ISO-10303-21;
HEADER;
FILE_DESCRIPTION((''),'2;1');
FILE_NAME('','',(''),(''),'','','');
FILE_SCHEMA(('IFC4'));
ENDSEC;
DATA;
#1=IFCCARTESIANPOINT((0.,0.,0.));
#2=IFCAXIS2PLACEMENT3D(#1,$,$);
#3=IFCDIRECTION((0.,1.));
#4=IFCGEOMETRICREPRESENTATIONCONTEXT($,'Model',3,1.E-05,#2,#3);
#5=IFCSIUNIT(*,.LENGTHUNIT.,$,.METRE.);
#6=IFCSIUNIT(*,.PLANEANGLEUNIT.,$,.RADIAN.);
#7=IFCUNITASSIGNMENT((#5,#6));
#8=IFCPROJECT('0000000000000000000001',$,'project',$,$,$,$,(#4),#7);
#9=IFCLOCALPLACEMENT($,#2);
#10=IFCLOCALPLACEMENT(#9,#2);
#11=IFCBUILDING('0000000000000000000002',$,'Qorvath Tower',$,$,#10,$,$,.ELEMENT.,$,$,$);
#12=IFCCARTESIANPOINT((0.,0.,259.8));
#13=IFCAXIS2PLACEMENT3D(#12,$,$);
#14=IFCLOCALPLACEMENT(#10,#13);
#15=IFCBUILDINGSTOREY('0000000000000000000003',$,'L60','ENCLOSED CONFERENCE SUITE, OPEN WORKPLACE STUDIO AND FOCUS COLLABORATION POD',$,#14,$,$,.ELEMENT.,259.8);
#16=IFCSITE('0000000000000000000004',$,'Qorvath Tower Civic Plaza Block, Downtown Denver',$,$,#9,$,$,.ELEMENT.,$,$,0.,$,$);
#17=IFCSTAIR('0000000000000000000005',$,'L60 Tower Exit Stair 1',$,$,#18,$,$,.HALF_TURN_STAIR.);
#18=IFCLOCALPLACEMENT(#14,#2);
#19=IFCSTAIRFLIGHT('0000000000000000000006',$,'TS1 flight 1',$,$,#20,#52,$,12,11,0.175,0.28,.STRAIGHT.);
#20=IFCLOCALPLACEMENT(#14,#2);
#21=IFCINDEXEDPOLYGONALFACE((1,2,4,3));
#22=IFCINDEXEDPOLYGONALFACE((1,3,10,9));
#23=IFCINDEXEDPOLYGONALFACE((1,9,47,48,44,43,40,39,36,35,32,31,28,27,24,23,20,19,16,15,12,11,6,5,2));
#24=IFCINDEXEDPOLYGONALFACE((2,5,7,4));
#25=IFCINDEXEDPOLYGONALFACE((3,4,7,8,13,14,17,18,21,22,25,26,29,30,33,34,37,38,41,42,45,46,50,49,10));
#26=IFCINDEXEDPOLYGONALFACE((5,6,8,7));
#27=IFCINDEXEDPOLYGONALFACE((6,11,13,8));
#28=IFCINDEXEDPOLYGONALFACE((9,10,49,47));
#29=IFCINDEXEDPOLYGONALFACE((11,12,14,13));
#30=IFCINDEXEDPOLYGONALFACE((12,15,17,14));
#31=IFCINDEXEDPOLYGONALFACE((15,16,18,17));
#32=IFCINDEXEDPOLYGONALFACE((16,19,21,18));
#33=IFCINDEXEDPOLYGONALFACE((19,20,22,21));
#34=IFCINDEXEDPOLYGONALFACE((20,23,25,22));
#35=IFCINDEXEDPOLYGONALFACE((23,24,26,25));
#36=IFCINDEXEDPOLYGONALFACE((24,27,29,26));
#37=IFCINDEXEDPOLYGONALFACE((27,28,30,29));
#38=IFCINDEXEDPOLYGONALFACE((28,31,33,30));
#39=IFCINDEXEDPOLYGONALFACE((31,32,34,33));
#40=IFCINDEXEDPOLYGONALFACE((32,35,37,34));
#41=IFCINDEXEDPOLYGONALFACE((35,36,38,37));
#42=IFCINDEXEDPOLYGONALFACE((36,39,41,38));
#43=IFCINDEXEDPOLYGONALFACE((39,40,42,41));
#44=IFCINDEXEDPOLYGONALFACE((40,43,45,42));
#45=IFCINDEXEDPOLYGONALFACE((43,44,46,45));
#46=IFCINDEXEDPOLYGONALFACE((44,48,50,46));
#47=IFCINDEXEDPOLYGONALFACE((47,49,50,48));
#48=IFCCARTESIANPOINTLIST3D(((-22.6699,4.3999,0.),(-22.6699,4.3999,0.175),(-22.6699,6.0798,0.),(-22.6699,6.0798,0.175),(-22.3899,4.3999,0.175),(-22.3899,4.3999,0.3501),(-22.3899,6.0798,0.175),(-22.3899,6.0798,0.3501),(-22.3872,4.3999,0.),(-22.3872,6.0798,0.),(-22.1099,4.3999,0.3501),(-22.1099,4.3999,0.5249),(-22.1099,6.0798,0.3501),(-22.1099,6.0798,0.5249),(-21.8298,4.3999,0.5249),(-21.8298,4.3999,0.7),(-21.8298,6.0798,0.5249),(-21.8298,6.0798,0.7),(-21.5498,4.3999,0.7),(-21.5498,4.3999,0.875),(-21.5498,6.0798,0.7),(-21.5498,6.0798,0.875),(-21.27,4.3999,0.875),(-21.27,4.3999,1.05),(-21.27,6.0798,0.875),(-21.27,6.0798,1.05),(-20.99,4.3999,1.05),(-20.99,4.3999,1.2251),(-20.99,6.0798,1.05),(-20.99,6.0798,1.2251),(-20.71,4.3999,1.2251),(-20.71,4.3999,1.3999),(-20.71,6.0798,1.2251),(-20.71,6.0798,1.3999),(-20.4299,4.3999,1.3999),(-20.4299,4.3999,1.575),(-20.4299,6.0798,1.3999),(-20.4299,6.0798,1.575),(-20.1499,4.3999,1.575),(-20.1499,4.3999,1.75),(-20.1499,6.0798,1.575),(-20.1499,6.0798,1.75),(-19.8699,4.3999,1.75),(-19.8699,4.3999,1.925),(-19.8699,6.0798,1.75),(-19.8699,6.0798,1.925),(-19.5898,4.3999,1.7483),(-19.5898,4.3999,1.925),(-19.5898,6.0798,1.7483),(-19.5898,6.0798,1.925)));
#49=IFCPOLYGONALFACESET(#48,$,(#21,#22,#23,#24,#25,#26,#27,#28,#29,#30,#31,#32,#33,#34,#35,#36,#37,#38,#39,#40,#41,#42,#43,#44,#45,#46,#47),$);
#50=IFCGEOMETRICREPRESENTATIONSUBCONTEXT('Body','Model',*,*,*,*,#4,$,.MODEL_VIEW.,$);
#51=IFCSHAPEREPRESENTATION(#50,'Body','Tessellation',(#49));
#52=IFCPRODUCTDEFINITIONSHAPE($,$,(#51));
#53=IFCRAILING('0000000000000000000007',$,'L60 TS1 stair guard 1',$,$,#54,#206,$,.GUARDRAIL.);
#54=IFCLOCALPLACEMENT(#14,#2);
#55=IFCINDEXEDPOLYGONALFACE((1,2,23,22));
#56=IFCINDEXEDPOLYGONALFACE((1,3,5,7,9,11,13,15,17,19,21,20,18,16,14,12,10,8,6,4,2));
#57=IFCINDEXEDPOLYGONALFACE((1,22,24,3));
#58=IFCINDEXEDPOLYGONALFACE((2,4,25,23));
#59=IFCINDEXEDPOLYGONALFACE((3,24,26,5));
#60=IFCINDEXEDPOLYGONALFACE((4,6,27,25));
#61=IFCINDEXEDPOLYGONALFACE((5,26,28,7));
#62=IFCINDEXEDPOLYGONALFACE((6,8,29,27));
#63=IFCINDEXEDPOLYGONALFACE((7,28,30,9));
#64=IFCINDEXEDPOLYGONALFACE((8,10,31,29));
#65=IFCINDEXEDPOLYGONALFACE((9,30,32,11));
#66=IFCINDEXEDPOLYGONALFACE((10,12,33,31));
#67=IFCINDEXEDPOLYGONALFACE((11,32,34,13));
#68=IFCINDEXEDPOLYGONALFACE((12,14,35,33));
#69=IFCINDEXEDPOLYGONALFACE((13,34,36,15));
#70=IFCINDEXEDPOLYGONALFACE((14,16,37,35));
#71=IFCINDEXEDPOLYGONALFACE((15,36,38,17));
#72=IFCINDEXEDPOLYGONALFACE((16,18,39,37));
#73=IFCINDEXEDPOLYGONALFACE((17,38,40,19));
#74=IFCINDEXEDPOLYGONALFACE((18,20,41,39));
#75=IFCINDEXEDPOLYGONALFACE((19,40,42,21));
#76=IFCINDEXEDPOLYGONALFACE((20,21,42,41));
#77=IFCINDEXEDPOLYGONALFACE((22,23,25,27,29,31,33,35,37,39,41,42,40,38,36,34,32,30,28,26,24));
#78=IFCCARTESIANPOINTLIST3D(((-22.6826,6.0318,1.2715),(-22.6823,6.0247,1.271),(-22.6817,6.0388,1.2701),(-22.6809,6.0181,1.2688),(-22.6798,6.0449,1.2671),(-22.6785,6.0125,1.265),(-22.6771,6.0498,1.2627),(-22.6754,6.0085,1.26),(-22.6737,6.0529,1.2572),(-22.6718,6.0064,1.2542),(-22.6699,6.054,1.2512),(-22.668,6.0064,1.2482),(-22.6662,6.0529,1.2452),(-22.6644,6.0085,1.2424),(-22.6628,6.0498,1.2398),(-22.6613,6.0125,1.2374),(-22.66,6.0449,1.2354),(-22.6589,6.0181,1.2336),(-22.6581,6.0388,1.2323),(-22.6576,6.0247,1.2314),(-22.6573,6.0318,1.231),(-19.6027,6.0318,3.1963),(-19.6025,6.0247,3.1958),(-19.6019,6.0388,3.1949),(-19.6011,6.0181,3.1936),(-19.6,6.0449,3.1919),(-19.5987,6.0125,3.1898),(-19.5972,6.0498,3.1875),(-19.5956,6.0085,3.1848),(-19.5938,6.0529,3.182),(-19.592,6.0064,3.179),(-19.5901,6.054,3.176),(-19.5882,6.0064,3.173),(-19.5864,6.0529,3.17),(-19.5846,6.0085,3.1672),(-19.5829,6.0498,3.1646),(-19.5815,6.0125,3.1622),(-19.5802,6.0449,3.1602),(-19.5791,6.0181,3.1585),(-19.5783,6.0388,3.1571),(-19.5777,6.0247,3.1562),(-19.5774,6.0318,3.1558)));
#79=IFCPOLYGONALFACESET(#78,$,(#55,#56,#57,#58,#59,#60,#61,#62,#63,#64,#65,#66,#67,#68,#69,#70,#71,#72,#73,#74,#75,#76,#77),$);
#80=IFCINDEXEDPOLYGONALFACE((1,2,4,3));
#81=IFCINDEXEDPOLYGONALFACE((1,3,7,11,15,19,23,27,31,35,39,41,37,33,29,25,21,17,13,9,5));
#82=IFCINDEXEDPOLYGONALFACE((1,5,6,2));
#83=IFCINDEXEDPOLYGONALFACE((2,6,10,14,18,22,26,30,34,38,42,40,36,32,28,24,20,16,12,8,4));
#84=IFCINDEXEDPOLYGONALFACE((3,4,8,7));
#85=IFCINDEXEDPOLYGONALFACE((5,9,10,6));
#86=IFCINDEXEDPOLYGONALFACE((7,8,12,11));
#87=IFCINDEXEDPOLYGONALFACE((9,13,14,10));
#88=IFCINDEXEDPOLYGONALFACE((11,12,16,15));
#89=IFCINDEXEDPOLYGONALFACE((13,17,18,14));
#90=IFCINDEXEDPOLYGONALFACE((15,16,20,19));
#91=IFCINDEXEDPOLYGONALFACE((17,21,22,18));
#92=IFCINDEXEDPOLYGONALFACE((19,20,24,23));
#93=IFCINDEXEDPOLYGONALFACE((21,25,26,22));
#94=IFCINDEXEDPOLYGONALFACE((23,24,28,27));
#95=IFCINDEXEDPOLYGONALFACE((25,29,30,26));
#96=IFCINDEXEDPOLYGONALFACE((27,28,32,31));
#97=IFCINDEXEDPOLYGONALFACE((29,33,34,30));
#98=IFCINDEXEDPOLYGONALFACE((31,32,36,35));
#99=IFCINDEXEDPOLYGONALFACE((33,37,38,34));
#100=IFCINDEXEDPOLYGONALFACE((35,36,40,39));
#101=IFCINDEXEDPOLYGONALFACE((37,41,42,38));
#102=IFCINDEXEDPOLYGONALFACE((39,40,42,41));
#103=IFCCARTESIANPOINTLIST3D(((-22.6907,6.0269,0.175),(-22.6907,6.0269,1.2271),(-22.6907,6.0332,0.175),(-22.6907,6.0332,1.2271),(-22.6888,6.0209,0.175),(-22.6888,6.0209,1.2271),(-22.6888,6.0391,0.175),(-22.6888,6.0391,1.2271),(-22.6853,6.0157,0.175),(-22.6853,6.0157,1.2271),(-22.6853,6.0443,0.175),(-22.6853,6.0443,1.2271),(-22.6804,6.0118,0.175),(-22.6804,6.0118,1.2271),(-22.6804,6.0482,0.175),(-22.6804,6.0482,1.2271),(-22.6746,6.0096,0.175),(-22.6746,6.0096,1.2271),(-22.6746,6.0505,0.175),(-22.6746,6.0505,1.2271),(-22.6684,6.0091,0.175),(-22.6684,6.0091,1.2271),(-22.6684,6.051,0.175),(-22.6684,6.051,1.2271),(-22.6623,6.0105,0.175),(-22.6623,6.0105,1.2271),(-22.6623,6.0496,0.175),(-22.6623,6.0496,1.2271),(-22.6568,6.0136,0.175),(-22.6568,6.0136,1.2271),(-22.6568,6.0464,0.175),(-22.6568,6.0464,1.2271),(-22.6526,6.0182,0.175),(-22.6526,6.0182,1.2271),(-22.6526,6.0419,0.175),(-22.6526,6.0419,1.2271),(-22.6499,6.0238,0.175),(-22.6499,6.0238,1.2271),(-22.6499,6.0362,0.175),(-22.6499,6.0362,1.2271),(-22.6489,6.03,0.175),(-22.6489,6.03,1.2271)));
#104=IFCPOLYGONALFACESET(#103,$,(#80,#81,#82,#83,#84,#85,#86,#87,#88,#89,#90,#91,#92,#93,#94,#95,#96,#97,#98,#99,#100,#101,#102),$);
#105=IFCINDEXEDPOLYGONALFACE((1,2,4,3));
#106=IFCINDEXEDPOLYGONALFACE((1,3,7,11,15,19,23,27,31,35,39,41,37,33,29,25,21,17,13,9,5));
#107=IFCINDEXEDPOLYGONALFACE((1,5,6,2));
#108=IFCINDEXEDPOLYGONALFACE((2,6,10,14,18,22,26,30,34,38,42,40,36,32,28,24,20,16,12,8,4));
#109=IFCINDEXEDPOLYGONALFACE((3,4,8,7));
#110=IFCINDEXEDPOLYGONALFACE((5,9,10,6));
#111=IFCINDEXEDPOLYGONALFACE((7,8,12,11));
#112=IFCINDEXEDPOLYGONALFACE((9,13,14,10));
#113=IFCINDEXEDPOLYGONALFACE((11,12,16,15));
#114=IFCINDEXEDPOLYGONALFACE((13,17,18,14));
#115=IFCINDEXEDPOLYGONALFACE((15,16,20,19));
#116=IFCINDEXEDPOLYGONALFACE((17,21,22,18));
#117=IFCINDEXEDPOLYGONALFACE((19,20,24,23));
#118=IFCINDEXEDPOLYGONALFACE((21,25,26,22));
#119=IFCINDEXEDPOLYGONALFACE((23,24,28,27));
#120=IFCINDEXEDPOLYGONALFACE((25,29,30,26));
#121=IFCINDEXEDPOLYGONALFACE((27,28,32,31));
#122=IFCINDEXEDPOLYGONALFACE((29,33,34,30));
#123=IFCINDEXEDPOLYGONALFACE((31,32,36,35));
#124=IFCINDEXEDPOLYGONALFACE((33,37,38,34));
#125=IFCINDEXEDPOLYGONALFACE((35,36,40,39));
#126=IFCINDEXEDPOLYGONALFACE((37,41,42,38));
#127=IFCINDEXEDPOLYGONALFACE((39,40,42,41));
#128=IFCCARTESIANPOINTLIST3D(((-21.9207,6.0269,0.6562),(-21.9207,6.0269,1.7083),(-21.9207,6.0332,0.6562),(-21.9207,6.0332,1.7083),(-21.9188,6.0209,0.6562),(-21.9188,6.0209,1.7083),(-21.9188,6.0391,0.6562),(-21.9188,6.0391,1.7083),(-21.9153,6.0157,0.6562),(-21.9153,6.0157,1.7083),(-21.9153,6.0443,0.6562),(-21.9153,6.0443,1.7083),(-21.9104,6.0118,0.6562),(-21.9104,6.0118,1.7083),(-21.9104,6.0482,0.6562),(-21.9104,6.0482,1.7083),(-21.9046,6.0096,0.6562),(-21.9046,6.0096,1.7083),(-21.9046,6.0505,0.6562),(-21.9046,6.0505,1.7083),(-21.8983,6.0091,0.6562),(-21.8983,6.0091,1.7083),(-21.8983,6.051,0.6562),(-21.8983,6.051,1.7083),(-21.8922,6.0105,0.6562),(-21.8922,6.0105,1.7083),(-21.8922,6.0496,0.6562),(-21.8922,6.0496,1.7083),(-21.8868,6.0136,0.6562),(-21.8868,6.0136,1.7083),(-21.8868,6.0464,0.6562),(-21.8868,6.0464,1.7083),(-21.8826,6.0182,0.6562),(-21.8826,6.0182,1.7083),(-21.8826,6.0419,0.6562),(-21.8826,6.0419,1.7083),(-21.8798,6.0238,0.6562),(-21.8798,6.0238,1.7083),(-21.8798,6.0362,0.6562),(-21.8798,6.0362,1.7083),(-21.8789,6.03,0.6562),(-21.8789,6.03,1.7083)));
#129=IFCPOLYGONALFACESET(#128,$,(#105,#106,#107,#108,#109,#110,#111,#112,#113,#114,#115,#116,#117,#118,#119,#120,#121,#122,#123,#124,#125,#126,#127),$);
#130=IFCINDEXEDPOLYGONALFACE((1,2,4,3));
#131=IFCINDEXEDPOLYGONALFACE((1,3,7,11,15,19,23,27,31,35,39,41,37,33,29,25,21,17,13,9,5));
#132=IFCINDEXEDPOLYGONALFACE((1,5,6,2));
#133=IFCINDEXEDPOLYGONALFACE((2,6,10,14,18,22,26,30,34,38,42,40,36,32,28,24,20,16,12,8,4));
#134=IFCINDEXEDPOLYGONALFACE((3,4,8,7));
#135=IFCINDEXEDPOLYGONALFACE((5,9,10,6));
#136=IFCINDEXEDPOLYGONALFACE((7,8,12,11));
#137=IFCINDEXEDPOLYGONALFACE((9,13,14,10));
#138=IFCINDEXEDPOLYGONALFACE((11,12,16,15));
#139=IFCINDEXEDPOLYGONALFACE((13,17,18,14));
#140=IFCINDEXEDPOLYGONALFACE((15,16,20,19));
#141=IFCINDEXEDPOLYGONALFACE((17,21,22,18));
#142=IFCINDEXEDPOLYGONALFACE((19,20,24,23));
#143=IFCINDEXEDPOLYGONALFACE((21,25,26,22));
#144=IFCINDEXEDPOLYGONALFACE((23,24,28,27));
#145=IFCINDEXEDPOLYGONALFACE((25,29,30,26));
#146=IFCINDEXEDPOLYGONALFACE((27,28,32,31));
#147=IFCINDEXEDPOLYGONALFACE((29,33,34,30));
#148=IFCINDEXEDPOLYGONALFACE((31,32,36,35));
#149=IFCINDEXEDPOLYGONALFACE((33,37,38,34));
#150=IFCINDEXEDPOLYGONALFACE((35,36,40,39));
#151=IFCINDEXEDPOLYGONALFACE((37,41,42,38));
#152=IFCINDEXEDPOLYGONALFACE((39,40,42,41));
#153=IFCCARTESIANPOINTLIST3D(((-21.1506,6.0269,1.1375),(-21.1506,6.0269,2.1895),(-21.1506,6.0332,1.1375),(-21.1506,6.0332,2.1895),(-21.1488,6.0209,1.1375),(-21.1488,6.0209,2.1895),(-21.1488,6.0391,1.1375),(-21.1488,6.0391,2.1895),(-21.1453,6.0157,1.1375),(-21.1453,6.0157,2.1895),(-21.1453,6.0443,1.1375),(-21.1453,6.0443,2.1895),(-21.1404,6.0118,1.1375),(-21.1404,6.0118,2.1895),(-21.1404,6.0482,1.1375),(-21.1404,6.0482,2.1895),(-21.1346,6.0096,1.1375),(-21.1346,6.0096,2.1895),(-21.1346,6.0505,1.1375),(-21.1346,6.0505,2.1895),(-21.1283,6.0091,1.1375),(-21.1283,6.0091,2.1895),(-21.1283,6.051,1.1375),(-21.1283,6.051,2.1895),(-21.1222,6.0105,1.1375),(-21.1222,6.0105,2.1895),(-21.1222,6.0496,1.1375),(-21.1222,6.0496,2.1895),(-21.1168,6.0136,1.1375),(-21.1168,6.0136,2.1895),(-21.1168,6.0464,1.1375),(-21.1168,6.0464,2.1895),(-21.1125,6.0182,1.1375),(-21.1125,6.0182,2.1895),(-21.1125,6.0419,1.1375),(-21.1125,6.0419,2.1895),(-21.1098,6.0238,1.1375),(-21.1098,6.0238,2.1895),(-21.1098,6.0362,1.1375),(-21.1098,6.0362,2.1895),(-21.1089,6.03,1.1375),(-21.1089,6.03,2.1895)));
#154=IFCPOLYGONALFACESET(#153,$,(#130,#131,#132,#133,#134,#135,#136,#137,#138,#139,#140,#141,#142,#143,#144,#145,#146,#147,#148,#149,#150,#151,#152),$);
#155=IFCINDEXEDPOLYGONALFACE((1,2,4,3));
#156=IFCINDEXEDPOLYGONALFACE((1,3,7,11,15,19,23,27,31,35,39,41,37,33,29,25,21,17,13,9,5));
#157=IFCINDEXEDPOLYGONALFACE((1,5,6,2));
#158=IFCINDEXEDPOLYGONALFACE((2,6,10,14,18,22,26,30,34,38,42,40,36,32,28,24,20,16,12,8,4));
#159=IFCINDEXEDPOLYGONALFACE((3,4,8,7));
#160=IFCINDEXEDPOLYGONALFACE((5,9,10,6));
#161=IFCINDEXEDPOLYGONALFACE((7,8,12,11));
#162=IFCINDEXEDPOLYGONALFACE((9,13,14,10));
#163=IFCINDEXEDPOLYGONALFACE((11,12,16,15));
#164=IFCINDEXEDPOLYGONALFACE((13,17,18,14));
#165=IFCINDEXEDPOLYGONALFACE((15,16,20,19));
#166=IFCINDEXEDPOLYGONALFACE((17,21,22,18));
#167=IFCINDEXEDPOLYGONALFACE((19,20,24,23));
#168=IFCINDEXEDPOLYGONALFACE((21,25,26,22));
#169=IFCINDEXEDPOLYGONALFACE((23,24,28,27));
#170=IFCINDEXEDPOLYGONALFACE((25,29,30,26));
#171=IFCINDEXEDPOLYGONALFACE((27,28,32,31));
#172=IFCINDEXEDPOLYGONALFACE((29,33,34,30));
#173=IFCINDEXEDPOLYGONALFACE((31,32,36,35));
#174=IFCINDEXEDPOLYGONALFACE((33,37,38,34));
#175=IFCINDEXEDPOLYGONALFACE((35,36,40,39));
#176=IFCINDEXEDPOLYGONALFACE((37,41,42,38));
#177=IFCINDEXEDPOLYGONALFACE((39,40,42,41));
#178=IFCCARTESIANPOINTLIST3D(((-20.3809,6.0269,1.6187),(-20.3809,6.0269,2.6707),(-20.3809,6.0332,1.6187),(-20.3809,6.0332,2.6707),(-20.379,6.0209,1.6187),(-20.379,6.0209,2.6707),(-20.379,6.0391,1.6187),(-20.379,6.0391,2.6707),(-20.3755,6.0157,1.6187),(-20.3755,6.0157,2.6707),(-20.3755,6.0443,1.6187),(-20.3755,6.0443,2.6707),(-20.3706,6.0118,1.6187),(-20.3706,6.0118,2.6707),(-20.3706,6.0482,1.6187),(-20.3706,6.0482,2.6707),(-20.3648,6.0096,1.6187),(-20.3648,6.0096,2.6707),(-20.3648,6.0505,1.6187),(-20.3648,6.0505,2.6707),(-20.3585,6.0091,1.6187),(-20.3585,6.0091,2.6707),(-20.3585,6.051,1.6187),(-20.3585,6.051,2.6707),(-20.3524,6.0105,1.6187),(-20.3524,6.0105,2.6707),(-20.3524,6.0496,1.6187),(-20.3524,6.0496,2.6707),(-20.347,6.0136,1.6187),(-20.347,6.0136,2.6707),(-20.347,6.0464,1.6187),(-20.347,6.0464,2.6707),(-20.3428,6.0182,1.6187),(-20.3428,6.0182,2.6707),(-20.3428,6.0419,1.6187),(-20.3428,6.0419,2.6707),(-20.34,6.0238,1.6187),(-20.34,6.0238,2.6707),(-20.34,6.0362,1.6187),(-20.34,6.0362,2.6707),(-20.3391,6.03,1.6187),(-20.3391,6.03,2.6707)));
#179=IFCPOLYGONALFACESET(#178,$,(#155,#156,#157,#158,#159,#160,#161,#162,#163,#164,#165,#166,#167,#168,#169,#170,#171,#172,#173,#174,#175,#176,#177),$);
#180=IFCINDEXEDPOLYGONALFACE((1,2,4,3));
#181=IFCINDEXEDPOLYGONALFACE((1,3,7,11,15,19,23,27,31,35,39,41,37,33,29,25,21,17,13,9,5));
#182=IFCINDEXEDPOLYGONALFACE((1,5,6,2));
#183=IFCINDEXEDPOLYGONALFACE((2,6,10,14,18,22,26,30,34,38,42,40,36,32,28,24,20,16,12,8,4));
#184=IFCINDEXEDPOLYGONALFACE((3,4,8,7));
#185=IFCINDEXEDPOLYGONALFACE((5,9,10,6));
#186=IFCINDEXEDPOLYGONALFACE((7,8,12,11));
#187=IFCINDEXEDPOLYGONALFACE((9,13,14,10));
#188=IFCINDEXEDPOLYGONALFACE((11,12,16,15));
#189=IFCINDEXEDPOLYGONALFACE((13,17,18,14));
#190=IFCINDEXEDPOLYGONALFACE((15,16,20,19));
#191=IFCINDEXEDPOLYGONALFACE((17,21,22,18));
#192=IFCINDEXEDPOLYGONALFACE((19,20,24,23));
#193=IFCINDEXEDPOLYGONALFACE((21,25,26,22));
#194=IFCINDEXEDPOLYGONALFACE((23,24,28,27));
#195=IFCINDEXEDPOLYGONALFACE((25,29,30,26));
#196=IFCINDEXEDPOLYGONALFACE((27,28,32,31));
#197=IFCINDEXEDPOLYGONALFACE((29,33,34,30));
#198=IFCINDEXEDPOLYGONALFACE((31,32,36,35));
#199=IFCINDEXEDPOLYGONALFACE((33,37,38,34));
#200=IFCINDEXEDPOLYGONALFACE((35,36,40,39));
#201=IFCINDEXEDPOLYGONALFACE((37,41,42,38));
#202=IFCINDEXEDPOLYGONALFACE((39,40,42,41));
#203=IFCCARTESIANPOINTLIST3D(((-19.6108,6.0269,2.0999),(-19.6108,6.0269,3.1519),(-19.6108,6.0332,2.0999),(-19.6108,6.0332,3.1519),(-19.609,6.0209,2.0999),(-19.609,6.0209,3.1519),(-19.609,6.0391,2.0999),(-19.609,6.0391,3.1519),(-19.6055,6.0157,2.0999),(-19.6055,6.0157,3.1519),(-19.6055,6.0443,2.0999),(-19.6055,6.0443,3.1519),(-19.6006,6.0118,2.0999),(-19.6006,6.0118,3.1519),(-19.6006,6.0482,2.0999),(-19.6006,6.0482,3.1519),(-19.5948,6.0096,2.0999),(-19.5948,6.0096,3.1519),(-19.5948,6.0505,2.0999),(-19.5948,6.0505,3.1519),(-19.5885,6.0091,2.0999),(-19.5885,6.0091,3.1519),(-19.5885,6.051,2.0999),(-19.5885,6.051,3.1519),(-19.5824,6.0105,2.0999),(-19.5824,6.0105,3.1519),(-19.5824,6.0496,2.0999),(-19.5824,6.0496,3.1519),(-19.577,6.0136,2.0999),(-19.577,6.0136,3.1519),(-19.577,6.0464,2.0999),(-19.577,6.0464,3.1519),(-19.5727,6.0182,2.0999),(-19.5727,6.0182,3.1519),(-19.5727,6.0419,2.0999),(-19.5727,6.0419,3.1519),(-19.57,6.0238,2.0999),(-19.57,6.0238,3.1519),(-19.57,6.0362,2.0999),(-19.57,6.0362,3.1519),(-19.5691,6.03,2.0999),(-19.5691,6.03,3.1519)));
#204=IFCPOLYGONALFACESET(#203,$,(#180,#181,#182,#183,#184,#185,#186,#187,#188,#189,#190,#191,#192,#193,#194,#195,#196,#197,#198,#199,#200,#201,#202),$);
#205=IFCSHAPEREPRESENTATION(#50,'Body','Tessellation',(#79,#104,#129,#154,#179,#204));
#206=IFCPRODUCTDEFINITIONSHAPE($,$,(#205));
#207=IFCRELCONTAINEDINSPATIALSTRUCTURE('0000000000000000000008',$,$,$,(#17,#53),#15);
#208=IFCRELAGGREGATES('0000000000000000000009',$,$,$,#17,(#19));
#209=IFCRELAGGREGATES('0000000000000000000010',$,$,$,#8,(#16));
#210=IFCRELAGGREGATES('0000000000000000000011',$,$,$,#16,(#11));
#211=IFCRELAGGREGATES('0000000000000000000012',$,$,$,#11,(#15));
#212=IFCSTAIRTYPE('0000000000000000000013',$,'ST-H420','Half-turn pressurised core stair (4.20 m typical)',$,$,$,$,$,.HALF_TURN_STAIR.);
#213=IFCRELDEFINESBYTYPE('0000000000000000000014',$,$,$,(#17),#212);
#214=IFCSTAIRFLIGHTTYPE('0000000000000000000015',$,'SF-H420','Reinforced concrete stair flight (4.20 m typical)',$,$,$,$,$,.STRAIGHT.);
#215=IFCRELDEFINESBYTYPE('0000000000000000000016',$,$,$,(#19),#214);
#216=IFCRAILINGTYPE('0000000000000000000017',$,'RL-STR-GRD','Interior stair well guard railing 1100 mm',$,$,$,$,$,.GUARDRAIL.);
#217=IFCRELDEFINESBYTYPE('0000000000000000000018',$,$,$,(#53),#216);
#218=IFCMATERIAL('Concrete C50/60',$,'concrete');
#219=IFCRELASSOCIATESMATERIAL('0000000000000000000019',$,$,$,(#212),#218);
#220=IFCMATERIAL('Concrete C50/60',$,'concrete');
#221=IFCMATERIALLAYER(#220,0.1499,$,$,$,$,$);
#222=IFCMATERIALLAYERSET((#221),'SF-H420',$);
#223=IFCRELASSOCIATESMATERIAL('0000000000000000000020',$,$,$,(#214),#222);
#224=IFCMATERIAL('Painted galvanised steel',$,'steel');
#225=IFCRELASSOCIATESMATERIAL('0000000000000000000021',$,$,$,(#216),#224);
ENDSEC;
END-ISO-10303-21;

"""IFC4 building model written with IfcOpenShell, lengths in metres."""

from ifc_helpers import new_model, si_unit, direction, frame, origin, origin_2d, place, context, subcontext, project, spatial, polyline, circle, outline, extrude, material, layer, layer_set, type_object, element, aggregate, save


model = new_model("IFC4")

# Units and contexts
model_context = context("Model", 3, precision=1e-05, world=origin(), true_north=direction((0.0, 1.0)))
body_context = subcontext(model_context, "Body", "Model", "MODEL_VIEW")
ifc_project = project(units=[si_unit("LENGTHUNIT", "METRE"), si_unit("PLANEANGLEUNIT", "RADIAN")], contexts=[model_context])

# Site, building, storey
site_placement = place(None, origin())
site = spatial("IfcSite", under=ifc_project, at=site_placement, Name="Qorvath Tower Civic Plaza Block, Downtown Denver", CompositionType="ELEMENT", RefElevation=0.0)
building_placement = place(site_placement, origin())
building = spatial("IfcBuilding", under=site, at=building_placement, Name="Qorvath Tower", CompositionType="ELEMENT")
storey_placement = place(building_placement, frame((0.0, 0.0, 259.8)))
storey = spatial("IfcBuildingStorey", under=building, at=storey_placement, Name="L60", Description="ENCLOSED CONFERENCE SUITE, OPEN WORKPLACE STUDIO AND FOCUS COLLABORATION POD", CompositionType="ELEMENT", Elevation=259.8)

# Stair, stair flight
ifc_material_1 = material(Name="Concrete C50/60", Category="concrete")
stair_type = type_object("IfcStairType", Name="ST-H420", Description="Half-turn pressurised core stair (4.20 m typical)", PredefinedType="HALF_TURN_STAIR", material=ifc_material_1)
stair_placement = place(storey_placement, origin())
stair = element("IfcStair", 1, at=stair_placement, inside=storey, type_object=stair_type, Name="L60 Tower Exit Stair 1", PredefinedType="HALF_TURN_STAIR")
ifc_material_2 = material(Name="Concrete C50/60", Category="concrete")
ifc_layer_1 = layer(ifc_material_2, 0.1499)
ifc_layer_set_1 = layer_set([ifc_layer_1], Name="SF-H420")
stair_flight_type = type_object("IfcStairFlightType", Name="SF-H420", Description="Reinforced concrete stair flight (4.20 m typical)", PredefinedType="STRAIGHT", material=ifc_layer_set_1)
stair_flight_placement = place(storey_placement, frame((-22.6699, 5.24, 0.0), z_axis=(0.0, 0.0, 1.0), x_axis=(1.0, 0.0, 0.0)))
stair_flight = element("IfcStairFlight", 2, at=stair_flight_placement, type_object=stair_flight_type, Name="TS1 flight 1", NumberOfRisers=12, NumberOfTreads=11, PredefinedType="STRAIGHT", RiserHeight=0.175, TreadLength=0.28, context=body_context, shape_type="SweptSolid", body=[
    extrude(outline(polyline([(0.0, 0.0), (0.0, 0.175), (0.28, 0.175), (0.28, 0.3501), (0.5601, 0.3501), (0.5601, 0.5249), (0.8401, 0.5249), (0.8401, 0.7), (1.1201, 0.7), (1.1201, 0.875), (1.3999, 0.875), (1.3999, 1.05), (1.6799, 1.05), (1.6799, 1.2251), (1.96, 1.2251), (1.96, 1.3999), (2.24, 1.3999), (2.24, 1.575), (2.52, 1.575), (2.52, 1.75), (2.8, 1.75), (2.8, 1.925), (3.0801, 1.925), (3.0801, 2.1001), (3.0801, 1.7483), (0.2827, 0.0), (0.0, 0.0)])), frame((0.0, 0.8398, 0.0), z_axis=(0.0, -1.0, 0.0), x_axis=(1.0, 0.0, 0.0)), (0.0, 0.0, 1.0), 1.6799),
])
aggregate(stair, [stair_flight])

# Railing
ifc_material_3 = material(Name="Painted galvanised steel", Category="steel")
railing_type_1 = type_object("IfcRailingType", Name="RL-STR-GRD", Description="Interior stair well guard railing 1100 mm", PredefinedType="GUARDRAIL", material=ifc_material_3)
railing_1_placement = place(storey_placement, frame((-22.6699, 6.03, 0.175)))
element("IfcRailing", 3, at=railing_1_placement, inside=storey, type_object=railing_type_1, Name="L60 TS1 stair guard 1", PredefinedType="GUARDRAIL", context=body_context, shape_type="SweptSolid", body=[
    extrude(circle(Radius=0.0239, at=origin_2d()), frame((0.0, 0.0, 1.0762), z_axis=(0.84801, 0.0, 0.529981), x_axis=(0.0, 1.0, 0.0)), (0.0, 0.0, 1.0), 3.6318),
    extrude(circle(Radius=0.021, at=origin_2d()), origin(), (0.0, 0.0, 1.0), 1.052),
    extrude(circle(Radius=0.021, at=origin_2d()), frame((0.77, 0.0, 0.4812)), (0.0, 0.0, 1.0), 1.052),
    extrude(circle(Radius=0.021, at=origin_2d()), frame((1.54, 0.0, 0.9624)), (0.0, 0.0, 1.0), 1.052),
    extrude(circle(Radius=0.021, at=origin_2d()), frame((2.3098, 0.0, 1.4436)), (0.0, 0.0, 1.0), 1.052),
    extrude(circle(Radius=0.021, at=origin_2d()), frame((3.0798, 0.0, 1.9248)), (0.0, 0.0, 1.0), 1.052),
])

save(model, "model.ifc")
